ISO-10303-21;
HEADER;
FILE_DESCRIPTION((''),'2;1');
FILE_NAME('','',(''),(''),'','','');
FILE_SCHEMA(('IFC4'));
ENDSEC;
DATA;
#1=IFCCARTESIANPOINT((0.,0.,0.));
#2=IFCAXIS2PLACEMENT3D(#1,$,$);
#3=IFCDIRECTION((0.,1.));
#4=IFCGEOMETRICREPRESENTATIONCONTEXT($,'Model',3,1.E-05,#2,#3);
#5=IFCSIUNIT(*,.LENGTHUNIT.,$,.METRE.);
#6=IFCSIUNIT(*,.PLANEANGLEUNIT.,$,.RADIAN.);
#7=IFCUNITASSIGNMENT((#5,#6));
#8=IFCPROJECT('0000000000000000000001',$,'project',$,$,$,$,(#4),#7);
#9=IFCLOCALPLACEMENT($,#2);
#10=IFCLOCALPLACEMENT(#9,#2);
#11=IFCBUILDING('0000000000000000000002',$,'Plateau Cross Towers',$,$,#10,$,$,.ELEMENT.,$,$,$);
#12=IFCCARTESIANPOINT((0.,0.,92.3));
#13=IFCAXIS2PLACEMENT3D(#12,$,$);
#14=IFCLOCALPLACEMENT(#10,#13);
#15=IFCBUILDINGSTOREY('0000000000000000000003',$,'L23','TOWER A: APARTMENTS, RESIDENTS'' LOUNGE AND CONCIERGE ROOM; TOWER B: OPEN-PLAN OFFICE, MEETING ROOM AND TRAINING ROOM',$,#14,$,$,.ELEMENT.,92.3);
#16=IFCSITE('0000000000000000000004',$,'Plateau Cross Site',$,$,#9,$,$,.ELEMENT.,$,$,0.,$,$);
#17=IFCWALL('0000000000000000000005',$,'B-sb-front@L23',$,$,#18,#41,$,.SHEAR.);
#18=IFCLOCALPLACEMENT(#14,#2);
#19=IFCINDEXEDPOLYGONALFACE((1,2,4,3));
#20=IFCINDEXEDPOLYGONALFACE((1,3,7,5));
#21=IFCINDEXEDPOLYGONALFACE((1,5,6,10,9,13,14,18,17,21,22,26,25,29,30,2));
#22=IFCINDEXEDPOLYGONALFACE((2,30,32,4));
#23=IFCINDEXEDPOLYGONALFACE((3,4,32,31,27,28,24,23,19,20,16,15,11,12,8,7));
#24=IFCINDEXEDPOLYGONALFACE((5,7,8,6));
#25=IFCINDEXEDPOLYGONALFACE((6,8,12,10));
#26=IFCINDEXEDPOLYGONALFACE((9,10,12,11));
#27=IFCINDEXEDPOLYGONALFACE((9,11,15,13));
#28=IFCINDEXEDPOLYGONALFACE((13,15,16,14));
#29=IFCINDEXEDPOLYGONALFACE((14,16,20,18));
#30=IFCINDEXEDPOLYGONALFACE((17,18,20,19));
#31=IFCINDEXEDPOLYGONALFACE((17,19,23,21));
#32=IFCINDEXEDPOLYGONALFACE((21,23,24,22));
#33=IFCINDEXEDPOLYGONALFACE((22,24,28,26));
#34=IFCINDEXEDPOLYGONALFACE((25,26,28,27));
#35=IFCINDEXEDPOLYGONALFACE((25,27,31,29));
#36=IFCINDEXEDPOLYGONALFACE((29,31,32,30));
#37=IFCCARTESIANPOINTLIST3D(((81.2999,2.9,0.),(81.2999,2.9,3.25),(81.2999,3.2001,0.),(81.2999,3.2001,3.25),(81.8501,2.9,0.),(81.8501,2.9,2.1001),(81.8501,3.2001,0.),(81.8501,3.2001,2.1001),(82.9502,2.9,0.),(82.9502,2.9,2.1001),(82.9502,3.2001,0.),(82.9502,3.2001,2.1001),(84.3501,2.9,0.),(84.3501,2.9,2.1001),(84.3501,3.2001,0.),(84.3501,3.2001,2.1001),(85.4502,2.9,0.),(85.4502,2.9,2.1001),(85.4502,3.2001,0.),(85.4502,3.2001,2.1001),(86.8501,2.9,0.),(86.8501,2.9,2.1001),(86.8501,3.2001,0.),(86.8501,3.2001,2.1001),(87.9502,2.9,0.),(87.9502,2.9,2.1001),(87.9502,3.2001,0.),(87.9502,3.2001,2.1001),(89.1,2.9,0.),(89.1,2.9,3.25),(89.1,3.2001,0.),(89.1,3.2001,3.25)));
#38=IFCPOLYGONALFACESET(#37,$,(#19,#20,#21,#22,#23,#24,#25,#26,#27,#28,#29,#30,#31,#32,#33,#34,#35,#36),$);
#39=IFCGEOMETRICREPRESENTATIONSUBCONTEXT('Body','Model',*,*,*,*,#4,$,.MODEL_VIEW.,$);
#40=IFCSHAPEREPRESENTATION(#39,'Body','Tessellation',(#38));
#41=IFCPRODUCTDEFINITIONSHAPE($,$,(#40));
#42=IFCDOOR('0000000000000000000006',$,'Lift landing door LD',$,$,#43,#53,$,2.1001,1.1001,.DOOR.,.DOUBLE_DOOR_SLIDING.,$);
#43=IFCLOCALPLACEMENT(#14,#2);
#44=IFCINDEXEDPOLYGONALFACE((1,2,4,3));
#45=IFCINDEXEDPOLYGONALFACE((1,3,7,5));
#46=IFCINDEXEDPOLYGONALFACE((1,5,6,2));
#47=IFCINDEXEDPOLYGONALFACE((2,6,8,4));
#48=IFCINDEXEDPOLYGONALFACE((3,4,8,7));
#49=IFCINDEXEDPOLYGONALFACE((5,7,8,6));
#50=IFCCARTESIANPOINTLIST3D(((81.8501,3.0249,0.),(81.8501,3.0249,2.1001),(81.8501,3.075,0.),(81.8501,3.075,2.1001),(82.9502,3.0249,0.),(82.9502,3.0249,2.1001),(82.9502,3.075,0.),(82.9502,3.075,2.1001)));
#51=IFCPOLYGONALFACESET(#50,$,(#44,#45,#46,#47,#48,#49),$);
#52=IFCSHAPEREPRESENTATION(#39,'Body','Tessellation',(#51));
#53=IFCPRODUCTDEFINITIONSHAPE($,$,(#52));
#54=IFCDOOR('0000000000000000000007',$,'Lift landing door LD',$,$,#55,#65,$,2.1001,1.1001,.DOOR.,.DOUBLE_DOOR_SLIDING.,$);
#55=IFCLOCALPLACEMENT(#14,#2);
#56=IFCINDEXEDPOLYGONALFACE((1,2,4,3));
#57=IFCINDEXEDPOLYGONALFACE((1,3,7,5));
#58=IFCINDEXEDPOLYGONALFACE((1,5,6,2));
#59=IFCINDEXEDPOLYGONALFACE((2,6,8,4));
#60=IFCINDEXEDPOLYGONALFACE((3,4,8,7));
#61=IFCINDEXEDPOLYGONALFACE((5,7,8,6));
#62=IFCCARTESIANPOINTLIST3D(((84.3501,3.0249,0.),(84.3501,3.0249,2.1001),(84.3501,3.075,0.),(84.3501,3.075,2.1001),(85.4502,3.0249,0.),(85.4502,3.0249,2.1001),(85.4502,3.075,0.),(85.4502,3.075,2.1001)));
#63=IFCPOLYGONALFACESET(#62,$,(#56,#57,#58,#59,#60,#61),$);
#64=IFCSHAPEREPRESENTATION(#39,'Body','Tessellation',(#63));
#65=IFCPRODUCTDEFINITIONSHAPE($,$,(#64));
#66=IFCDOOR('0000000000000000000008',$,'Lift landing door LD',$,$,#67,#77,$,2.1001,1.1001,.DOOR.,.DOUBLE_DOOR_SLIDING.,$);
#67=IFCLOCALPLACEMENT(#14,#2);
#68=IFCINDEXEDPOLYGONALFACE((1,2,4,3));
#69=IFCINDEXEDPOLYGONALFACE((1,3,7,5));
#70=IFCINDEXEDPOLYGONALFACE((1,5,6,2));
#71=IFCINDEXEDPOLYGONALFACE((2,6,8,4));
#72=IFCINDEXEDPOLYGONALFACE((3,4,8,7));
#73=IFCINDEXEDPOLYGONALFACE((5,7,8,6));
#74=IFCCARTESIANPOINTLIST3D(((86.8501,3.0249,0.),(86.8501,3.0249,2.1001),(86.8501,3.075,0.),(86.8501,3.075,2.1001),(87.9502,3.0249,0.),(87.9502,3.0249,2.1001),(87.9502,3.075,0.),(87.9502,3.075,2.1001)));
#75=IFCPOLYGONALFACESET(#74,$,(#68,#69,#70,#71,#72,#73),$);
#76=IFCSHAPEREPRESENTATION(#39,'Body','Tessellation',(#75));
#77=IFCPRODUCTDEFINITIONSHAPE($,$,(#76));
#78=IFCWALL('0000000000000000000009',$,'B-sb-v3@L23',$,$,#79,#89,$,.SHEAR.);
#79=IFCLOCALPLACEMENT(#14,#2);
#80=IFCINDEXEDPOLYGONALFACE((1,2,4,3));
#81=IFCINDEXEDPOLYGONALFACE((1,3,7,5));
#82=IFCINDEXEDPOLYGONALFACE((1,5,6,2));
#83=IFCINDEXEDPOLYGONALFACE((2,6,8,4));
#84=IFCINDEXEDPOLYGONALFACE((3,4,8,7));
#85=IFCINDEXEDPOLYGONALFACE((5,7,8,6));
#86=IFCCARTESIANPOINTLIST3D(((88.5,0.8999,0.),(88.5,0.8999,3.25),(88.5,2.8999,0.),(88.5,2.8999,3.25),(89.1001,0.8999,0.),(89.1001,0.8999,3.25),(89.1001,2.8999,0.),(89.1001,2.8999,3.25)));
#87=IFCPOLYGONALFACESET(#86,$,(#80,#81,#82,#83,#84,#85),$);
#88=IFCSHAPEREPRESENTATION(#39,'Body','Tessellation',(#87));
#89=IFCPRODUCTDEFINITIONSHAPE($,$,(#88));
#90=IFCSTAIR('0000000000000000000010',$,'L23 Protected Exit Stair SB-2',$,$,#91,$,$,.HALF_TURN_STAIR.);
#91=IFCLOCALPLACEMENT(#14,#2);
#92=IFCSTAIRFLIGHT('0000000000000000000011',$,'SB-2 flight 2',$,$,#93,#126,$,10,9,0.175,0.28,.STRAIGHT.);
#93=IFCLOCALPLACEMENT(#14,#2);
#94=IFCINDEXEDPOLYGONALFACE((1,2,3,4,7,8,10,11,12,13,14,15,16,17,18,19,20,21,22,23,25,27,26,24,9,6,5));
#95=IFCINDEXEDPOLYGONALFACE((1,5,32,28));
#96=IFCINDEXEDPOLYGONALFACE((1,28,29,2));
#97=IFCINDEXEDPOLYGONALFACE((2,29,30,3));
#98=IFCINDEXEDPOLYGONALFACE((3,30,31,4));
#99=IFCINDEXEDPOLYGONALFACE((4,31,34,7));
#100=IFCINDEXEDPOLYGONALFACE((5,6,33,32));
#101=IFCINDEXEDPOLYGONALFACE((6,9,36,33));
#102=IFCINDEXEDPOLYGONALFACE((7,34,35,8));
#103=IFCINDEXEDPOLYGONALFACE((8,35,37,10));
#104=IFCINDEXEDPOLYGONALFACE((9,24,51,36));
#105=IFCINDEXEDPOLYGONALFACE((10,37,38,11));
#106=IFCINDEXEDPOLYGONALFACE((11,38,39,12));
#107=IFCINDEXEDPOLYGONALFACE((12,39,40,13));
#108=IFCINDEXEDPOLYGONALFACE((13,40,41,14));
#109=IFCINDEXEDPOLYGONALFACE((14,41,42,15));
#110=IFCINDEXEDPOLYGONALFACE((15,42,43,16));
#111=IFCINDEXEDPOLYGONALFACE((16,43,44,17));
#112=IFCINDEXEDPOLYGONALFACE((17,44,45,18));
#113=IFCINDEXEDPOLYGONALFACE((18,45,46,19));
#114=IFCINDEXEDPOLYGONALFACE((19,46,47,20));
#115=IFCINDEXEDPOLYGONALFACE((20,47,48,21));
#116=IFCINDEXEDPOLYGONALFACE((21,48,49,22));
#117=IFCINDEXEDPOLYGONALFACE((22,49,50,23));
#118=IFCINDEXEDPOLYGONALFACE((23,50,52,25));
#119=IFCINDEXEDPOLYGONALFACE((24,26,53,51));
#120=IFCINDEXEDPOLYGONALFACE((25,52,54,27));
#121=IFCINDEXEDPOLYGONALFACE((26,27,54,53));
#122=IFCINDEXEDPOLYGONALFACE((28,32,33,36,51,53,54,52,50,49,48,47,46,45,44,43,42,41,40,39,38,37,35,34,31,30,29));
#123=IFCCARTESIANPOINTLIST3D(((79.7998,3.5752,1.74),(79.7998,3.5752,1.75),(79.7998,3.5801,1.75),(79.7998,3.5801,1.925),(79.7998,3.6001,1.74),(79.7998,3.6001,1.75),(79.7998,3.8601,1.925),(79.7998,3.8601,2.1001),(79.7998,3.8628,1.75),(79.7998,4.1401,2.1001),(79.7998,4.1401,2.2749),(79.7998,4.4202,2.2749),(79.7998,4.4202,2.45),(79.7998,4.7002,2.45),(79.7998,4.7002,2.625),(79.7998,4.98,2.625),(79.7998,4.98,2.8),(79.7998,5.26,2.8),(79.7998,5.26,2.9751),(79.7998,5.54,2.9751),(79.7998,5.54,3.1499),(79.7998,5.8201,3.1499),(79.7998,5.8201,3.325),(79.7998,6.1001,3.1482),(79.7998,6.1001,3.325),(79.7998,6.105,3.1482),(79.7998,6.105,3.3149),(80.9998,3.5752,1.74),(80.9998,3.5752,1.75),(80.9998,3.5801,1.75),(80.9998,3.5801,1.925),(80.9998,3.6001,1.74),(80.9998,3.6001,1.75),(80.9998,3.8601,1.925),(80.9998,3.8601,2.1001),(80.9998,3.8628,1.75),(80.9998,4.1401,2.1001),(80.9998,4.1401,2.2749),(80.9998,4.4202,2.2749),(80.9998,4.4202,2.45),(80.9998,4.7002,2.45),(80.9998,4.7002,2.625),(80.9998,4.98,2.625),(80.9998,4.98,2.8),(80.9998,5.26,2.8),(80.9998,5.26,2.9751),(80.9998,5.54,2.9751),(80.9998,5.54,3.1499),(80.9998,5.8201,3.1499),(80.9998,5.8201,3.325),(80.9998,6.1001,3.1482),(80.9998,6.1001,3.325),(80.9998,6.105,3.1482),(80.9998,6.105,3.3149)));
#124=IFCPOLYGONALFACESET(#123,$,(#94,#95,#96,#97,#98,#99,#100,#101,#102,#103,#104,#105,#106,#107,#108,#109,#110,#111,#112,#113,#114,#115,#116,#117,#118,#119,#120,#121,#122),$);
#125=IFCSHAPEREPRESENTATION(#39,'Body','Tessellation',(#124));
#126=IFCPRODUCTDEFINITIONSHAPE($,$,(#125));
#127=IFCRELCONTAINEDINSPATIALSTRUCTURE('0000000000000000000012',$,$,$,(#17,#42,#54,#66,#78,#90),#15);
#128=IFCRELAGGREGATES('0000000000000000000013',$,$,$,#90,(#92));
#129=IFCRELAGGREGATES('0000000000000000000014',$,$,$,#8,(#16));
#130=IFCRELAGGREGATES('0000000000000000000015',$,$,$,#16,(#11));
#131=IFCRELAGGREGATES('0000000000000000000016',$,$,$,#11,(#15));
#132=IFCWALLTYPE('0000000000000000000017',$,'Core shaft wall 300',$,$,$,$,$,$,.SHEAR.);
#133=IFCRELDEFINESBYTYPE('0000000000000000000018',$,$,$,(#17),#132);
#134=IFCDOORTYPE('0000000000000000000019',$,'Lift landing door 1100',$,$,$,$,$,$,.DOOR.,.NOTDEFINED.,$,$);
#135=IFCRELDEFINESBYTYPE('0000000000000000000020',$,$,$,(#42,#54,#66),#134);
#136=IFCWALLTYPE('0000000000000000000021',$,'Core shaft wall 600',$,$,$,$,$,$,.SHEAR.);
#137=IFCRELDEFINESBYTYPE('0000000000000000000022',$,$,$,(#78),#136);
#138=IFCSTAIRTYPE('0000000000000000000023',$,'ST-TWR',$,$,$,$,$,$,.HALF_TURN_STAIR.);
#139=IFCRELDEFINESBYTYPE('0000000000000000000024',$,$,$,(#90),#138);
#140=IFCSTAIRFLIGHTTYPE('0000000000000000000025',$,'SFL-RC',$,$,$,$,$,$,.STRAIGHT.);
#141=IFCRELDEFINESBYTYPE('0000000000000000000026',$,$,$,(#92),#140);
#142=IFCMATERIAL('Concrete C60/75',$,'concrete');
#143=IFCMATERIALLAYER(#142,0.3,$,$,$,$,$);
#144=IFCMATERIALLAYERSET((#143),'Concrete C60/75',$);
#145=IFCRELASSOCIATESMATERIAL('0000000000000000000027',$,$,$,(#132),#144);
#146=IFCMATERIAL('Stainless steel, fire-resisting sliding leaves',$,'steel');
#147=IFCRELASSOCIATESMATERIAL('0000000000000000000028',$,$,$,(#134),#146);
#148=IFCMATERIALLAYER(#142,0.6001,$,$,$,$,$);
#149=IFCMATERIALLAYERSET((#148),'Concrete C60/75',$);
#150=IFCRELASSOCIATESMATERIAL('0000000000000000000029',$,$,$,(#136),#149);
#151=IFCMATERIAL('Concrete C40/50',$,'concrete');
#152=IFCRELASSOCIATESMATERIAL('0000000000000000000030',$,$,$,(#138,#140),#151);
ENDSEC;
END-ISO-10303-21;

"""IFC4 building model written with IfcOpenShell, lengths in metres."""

from ifc_helpers import new_model, si_unit, direction, frame, frame_2d, origin, place, context, subcontext, project, spatial, polyline, rectangle, outline, extrude, material, layer, layer_set, type_object, element, fill, aggregate, save


model = new_model("IFC4")

# Units and contexts
model_context = context("Model", 3, precision=1e-05, world=origin(), true_north=direction((0.0, 1.0)))
body_context = subcontext(model_context, "Body", "Model", "MODEL_VIEW")
ifc_project = project(units=[si_unit("LENGTHUNIT", "METRE"), si_unit("PLANEANGLEUNIT", "RADIAN")], contexts=[model_context])

# Site, building, storey
site_placement = place(None, origin())
site = spatial("IfcSite", under=ifc_project, at=site_placement, Name="Plateau Cross Site", CompositionType="ELEMENT", RefElevation=0.0)
building_placement = place(site_placement, origin())
building = spatial("IfcBuilding", under=site, at=building_placement, Name="Plateau Cross Towers", CompositionType="ELEMENT")
storey_placement = place(building_placement, frame((0.0, 0.0, 92.3)))
storey = spatial("IfcBuildingStorey", under=building, at=storey_placement, Name="L23", Description="TOWER A: APARTMENTS, RESIDENTS' LOUNGE AND CONCIERGE ROOM; TOWER B: OPEN-PLAN OFFICE, MEETING ROOM AND TRAINING ROOM", CompositionType="ELEMENT", Elevation=92.3)

# Shared definitions
ifc_material_1 = material(Name="Concrete C60/75", Category="concrete")

# Shared definitions
ifc_layer_1 = layer(ifc_material_1, 0.3)
ifc_layer_set_1 = layer_set([ifc_layer_1], Name="Concrete C60/75")
wall_type_1 = type_object("IfcWallType", Name="Core shaft wall 300", PredefinedType="SHEAR", material=ifc_layer_set_1)

# Wall, openings, doors
wall_1_placement = place(storey_placement, frame((81.3, 3.05, 0.0), z_axis=(0.0, 0.0, 1.0), x_axis=(1.0, 0.0, 0.0)))
wall_1 = element("IfcWall", 1, at=wall_1_placement, inside=storey, type_object=wall_type_1, Name="B-sb-front@L23", PredefinedType="SHEAR", context=body_context, shape_type="SweptSolid", body=[
    extrude(rectangle(XDim=7.8, YDim=0.3, at=frame_2d((3.8999, 0.0))), origin(), (0.0, 0.0, 1.0), 3.25),
])
opening_1_placement = place(wall_1_placement, frame((0.55, 0.0, 0.0)))
opening_1 = element("IfcOpeningElement", 2, at=opening_1_placement, cuts=wall_1, PredefinedType="OPENING", context=body_context, shape_type="SweptSolid", body=[
    extrude(rectangle(XDim=1.1001, YDim=2.1001, at=frame_2d((0.55, 1.05))), frame((0.0, 0.1599, 0.0), z_axis=(0.0, -1.0, 0.0), x_axis=(1.0, 0.0, 0.0)), (0.0, 0.0, 1.0), 0.3201),
])
opening_2_placement = place(wall_1_placement, frame((3.05, 0.0, 0.0)))
opening_2 = element("IfcOpeningElement", 3, at=opening_2_placement, cuts=wall_1, PredefinedType="OPENING", context=body_context, shape_type="SweptSolid", body=[
    extrude(rectangle(XDim=1.1001, YDim=2.1001, at=frame_2d((0.55, 1.05))), frame((0.0, 0.1599, 0.0), z_axis=(0.0, -1.0, 0.0), x_axis=(1.0, 0.0, 0.0)), (0.0, 0.0, 1.0), 0.3201),
])
opening_3_placement = place(wall_1_placement, frame((5.55, 0.0, 0.0)))
opening_3 = element("IfcOpeningElement", 4, at=opening_3_placement, cuts=wall_1, PredefinedType="OPENING", context=body_context, shape_type="SweptSolid", body=[
    extrude(rectangle(XDim=1.1001, YDim=2.1001, at=frame_2d((0.55, 1.05))), frame((0.0, 0.1599, 0.0), z_axis=(0.0, -1.0, 0.0), x_axis=(1.0, 0.0, 0.0)), (0.0, 0.0, 1.0), 0.3201),
])
ifc_material_2 = material(Name="Stainless steel, fire-resisting sliding leaves", Category="steel")
door_type_1 = type_object("IfcDoorType", Name="Lift landing door 1100", OperationType="NOTDEFINED", PredefinedType="DOOR", material=ifc_material_2)
door_1_placement = place(opening_1_placement, origin())
door_1 = element("IfcDoor", 5, at=door_1_placement, inside=storey, type_object=door_type_1, Name="Lift landing door LD", OperationType="DOUBLE_DOOR_SLIDING", OverallHeight=2.1001, OverallWidth=1.1001, PredefinedType="DOOR", context=body_context, shape_type="SweptSolid", body=[
    extrude(rectangle(XDim=1.1001, YDim=2.1001, at=frame_2d((0.55, 1.05))), frame((0.0, 0.0249, 0.0), z_axis=(0.0, -1.0, 0.0), x_axis=(1.0, 0.0, 0.0)), (0.0, 0.0, 1.0), 0.05),
])
fill(opening_1, door_1)
door_2_placement = place(opening_2_placement, origin())
door_2 = element("IfcDoor", 6, at=door_2_placement, inside=storey, type_object=door_type_1, Name="Lift landing door LD", OperationType="DOUBLE_DOOR_SLIDING", OverallHeight=2.1001, OverallWidth=1.1001, PredefinedType="DOOR", context=body_context, shape_type="SweptSolid", body=[
    extrude(rectangle(XDim=1.1001, YDim=2.1001, at=frame_2d((0.55, 1.05))), frame((0.0, 0.0249, 0.0), z_axis=(0.0, -1.0, 0.0), x_axis=(1.0, 0.0, 0.0)), (0.0, 0.0, 1.0), 0.05),
])
fill(opening_2, door_2)
door_3_placement = place(opening_3_placement, origin())
door_3 = element("IfcDoor", 7, at=door_3_placement, inside=storey, type_object=door_type_1, Name="Lift landing door LD", OperationType="DOUBLE_DOOR_SLIDING", OverallHeight=2.1001, OverallWidth=1.1001, PredefinedType="DOOR", context=body_context, shape_type="SweptSolid", body=[
    extrude(rectangle(XDim=1.1001, YDim=2.1001, at=frame_2d((0.55, 1.05))), frame((0.0, 0.0249, 0.0), z_axis=(0.0, -1.0, 0.0), x_axis=(1.0, 0.0, 0.0)), (0.0, 0.0, 1.0), 0.05),
])
fill(opening_3, door_3)

# Wall
ifc_layer_2 = layer(ifc_material_1, 0.6001)
ifc_layer_set_2 = layer_set([ifc_layer_2], Name="Concrete C60/75")
wall_type_2 = type_object("IfcWallType", Name="Core shaft wall 600", PredefinedType="SHEAR", material=ifc_layer_set_2)
wall_2_placement = place(storey_placement, frame((88.8, 0.8999, 0.0), z_axis=(0.0, 0.0, 1.0), x_axis=(0.0, 1.0, 0.0)))
element("IfcWall", 8, at=wall_2_placement, inside=storey, type_object=wall_type_2, Name="B-sb-v3@L23", PredefinedType="SHEAR", context=body_context, shape_type="SweptSolid", body=[
    extrude(rectangle(XDim=2.0, YDim=0.6001, at=frame_2d((1.0, 0.0))), origin(), (0.0, 0.0, 1.0), 3.25),
])

# Stair, stair flight
ifc_material_3 = material(Name="Concrete C40/50", Category="concrete")
stair_type = type_object("IfcStairType", Name="ST-TWR", PredefinedType="HALF_TURN_STAIR", material=ifc_material_3)
stair_placement = place(storey_placement, origin())
stair = element("IfcStair", 9, at=stair_placement, inside=storey, type_object=stair_type, Name="L23 Protected Exit Stair SB-2", PredefinedType="HALF_TURN_STAIR")
stair_flight_type = type_object("IfcStairFlightType", Name="SFL-RC", PredefinedType="STRAIGHT", material=ifc_material_3)
stair_flight_placement = place(storey_placement, frame((80.3999, 3.5801, 1.75), z_axis=(0.0, 0.0, 1.0), x_axis=(0.0, 1.0, 0.0)))
stair_flight = element("IfcStairFlight", 10, at=stair_flight_placement, type_object=stair_flight_type, Name="SB-2 flight 2", NumberOfRisers=10, NumberOfTreads=9, PredefinedType="STRAIGHT", RiserHeight=0.175, TreadLength=0.28, context=body_context, shape_type="SweptSolid", body=[
    extrude(outline(polyline([(-0.0049, -0.01), (-0.0049, 0.0), (0.0, 0.0), (0.0, 0.175), (0.28, 0.175), (0.28, 0.3501), (0.5601, 0.3501), (0.5601, 0.5249), (0.8401, 0.5249), (0.8401, 0.7), (1.1201, 0.7), (1.1201, 0.875), (1.3999, 0.875), (1.3999, 1.05), (1.6799, 1.05), (1.6799, 1.2251), (1.96, 1.2251), (1.96, 1.3999), (2.24, 1.3999), (2.24, 1.575), (2.52, 1.575), (2.5249, 1.5649), (2.5249, 1.3982), (2.52, 1.3982), (0.2827, 0.0), (0.02, 0.0), (0.02, -0.01), (-0.0049, -0.01)])), frame((0.0, 0.6001, 0.0), z_axis=(0.0, -1.0, 0.0), x_axis=(1.0, 0.0, 0.0)), (0.0, 0.0, 1.0), 1.2),
])
aggregate(stair, [stair_flight])

save(model, "model.ifc")
